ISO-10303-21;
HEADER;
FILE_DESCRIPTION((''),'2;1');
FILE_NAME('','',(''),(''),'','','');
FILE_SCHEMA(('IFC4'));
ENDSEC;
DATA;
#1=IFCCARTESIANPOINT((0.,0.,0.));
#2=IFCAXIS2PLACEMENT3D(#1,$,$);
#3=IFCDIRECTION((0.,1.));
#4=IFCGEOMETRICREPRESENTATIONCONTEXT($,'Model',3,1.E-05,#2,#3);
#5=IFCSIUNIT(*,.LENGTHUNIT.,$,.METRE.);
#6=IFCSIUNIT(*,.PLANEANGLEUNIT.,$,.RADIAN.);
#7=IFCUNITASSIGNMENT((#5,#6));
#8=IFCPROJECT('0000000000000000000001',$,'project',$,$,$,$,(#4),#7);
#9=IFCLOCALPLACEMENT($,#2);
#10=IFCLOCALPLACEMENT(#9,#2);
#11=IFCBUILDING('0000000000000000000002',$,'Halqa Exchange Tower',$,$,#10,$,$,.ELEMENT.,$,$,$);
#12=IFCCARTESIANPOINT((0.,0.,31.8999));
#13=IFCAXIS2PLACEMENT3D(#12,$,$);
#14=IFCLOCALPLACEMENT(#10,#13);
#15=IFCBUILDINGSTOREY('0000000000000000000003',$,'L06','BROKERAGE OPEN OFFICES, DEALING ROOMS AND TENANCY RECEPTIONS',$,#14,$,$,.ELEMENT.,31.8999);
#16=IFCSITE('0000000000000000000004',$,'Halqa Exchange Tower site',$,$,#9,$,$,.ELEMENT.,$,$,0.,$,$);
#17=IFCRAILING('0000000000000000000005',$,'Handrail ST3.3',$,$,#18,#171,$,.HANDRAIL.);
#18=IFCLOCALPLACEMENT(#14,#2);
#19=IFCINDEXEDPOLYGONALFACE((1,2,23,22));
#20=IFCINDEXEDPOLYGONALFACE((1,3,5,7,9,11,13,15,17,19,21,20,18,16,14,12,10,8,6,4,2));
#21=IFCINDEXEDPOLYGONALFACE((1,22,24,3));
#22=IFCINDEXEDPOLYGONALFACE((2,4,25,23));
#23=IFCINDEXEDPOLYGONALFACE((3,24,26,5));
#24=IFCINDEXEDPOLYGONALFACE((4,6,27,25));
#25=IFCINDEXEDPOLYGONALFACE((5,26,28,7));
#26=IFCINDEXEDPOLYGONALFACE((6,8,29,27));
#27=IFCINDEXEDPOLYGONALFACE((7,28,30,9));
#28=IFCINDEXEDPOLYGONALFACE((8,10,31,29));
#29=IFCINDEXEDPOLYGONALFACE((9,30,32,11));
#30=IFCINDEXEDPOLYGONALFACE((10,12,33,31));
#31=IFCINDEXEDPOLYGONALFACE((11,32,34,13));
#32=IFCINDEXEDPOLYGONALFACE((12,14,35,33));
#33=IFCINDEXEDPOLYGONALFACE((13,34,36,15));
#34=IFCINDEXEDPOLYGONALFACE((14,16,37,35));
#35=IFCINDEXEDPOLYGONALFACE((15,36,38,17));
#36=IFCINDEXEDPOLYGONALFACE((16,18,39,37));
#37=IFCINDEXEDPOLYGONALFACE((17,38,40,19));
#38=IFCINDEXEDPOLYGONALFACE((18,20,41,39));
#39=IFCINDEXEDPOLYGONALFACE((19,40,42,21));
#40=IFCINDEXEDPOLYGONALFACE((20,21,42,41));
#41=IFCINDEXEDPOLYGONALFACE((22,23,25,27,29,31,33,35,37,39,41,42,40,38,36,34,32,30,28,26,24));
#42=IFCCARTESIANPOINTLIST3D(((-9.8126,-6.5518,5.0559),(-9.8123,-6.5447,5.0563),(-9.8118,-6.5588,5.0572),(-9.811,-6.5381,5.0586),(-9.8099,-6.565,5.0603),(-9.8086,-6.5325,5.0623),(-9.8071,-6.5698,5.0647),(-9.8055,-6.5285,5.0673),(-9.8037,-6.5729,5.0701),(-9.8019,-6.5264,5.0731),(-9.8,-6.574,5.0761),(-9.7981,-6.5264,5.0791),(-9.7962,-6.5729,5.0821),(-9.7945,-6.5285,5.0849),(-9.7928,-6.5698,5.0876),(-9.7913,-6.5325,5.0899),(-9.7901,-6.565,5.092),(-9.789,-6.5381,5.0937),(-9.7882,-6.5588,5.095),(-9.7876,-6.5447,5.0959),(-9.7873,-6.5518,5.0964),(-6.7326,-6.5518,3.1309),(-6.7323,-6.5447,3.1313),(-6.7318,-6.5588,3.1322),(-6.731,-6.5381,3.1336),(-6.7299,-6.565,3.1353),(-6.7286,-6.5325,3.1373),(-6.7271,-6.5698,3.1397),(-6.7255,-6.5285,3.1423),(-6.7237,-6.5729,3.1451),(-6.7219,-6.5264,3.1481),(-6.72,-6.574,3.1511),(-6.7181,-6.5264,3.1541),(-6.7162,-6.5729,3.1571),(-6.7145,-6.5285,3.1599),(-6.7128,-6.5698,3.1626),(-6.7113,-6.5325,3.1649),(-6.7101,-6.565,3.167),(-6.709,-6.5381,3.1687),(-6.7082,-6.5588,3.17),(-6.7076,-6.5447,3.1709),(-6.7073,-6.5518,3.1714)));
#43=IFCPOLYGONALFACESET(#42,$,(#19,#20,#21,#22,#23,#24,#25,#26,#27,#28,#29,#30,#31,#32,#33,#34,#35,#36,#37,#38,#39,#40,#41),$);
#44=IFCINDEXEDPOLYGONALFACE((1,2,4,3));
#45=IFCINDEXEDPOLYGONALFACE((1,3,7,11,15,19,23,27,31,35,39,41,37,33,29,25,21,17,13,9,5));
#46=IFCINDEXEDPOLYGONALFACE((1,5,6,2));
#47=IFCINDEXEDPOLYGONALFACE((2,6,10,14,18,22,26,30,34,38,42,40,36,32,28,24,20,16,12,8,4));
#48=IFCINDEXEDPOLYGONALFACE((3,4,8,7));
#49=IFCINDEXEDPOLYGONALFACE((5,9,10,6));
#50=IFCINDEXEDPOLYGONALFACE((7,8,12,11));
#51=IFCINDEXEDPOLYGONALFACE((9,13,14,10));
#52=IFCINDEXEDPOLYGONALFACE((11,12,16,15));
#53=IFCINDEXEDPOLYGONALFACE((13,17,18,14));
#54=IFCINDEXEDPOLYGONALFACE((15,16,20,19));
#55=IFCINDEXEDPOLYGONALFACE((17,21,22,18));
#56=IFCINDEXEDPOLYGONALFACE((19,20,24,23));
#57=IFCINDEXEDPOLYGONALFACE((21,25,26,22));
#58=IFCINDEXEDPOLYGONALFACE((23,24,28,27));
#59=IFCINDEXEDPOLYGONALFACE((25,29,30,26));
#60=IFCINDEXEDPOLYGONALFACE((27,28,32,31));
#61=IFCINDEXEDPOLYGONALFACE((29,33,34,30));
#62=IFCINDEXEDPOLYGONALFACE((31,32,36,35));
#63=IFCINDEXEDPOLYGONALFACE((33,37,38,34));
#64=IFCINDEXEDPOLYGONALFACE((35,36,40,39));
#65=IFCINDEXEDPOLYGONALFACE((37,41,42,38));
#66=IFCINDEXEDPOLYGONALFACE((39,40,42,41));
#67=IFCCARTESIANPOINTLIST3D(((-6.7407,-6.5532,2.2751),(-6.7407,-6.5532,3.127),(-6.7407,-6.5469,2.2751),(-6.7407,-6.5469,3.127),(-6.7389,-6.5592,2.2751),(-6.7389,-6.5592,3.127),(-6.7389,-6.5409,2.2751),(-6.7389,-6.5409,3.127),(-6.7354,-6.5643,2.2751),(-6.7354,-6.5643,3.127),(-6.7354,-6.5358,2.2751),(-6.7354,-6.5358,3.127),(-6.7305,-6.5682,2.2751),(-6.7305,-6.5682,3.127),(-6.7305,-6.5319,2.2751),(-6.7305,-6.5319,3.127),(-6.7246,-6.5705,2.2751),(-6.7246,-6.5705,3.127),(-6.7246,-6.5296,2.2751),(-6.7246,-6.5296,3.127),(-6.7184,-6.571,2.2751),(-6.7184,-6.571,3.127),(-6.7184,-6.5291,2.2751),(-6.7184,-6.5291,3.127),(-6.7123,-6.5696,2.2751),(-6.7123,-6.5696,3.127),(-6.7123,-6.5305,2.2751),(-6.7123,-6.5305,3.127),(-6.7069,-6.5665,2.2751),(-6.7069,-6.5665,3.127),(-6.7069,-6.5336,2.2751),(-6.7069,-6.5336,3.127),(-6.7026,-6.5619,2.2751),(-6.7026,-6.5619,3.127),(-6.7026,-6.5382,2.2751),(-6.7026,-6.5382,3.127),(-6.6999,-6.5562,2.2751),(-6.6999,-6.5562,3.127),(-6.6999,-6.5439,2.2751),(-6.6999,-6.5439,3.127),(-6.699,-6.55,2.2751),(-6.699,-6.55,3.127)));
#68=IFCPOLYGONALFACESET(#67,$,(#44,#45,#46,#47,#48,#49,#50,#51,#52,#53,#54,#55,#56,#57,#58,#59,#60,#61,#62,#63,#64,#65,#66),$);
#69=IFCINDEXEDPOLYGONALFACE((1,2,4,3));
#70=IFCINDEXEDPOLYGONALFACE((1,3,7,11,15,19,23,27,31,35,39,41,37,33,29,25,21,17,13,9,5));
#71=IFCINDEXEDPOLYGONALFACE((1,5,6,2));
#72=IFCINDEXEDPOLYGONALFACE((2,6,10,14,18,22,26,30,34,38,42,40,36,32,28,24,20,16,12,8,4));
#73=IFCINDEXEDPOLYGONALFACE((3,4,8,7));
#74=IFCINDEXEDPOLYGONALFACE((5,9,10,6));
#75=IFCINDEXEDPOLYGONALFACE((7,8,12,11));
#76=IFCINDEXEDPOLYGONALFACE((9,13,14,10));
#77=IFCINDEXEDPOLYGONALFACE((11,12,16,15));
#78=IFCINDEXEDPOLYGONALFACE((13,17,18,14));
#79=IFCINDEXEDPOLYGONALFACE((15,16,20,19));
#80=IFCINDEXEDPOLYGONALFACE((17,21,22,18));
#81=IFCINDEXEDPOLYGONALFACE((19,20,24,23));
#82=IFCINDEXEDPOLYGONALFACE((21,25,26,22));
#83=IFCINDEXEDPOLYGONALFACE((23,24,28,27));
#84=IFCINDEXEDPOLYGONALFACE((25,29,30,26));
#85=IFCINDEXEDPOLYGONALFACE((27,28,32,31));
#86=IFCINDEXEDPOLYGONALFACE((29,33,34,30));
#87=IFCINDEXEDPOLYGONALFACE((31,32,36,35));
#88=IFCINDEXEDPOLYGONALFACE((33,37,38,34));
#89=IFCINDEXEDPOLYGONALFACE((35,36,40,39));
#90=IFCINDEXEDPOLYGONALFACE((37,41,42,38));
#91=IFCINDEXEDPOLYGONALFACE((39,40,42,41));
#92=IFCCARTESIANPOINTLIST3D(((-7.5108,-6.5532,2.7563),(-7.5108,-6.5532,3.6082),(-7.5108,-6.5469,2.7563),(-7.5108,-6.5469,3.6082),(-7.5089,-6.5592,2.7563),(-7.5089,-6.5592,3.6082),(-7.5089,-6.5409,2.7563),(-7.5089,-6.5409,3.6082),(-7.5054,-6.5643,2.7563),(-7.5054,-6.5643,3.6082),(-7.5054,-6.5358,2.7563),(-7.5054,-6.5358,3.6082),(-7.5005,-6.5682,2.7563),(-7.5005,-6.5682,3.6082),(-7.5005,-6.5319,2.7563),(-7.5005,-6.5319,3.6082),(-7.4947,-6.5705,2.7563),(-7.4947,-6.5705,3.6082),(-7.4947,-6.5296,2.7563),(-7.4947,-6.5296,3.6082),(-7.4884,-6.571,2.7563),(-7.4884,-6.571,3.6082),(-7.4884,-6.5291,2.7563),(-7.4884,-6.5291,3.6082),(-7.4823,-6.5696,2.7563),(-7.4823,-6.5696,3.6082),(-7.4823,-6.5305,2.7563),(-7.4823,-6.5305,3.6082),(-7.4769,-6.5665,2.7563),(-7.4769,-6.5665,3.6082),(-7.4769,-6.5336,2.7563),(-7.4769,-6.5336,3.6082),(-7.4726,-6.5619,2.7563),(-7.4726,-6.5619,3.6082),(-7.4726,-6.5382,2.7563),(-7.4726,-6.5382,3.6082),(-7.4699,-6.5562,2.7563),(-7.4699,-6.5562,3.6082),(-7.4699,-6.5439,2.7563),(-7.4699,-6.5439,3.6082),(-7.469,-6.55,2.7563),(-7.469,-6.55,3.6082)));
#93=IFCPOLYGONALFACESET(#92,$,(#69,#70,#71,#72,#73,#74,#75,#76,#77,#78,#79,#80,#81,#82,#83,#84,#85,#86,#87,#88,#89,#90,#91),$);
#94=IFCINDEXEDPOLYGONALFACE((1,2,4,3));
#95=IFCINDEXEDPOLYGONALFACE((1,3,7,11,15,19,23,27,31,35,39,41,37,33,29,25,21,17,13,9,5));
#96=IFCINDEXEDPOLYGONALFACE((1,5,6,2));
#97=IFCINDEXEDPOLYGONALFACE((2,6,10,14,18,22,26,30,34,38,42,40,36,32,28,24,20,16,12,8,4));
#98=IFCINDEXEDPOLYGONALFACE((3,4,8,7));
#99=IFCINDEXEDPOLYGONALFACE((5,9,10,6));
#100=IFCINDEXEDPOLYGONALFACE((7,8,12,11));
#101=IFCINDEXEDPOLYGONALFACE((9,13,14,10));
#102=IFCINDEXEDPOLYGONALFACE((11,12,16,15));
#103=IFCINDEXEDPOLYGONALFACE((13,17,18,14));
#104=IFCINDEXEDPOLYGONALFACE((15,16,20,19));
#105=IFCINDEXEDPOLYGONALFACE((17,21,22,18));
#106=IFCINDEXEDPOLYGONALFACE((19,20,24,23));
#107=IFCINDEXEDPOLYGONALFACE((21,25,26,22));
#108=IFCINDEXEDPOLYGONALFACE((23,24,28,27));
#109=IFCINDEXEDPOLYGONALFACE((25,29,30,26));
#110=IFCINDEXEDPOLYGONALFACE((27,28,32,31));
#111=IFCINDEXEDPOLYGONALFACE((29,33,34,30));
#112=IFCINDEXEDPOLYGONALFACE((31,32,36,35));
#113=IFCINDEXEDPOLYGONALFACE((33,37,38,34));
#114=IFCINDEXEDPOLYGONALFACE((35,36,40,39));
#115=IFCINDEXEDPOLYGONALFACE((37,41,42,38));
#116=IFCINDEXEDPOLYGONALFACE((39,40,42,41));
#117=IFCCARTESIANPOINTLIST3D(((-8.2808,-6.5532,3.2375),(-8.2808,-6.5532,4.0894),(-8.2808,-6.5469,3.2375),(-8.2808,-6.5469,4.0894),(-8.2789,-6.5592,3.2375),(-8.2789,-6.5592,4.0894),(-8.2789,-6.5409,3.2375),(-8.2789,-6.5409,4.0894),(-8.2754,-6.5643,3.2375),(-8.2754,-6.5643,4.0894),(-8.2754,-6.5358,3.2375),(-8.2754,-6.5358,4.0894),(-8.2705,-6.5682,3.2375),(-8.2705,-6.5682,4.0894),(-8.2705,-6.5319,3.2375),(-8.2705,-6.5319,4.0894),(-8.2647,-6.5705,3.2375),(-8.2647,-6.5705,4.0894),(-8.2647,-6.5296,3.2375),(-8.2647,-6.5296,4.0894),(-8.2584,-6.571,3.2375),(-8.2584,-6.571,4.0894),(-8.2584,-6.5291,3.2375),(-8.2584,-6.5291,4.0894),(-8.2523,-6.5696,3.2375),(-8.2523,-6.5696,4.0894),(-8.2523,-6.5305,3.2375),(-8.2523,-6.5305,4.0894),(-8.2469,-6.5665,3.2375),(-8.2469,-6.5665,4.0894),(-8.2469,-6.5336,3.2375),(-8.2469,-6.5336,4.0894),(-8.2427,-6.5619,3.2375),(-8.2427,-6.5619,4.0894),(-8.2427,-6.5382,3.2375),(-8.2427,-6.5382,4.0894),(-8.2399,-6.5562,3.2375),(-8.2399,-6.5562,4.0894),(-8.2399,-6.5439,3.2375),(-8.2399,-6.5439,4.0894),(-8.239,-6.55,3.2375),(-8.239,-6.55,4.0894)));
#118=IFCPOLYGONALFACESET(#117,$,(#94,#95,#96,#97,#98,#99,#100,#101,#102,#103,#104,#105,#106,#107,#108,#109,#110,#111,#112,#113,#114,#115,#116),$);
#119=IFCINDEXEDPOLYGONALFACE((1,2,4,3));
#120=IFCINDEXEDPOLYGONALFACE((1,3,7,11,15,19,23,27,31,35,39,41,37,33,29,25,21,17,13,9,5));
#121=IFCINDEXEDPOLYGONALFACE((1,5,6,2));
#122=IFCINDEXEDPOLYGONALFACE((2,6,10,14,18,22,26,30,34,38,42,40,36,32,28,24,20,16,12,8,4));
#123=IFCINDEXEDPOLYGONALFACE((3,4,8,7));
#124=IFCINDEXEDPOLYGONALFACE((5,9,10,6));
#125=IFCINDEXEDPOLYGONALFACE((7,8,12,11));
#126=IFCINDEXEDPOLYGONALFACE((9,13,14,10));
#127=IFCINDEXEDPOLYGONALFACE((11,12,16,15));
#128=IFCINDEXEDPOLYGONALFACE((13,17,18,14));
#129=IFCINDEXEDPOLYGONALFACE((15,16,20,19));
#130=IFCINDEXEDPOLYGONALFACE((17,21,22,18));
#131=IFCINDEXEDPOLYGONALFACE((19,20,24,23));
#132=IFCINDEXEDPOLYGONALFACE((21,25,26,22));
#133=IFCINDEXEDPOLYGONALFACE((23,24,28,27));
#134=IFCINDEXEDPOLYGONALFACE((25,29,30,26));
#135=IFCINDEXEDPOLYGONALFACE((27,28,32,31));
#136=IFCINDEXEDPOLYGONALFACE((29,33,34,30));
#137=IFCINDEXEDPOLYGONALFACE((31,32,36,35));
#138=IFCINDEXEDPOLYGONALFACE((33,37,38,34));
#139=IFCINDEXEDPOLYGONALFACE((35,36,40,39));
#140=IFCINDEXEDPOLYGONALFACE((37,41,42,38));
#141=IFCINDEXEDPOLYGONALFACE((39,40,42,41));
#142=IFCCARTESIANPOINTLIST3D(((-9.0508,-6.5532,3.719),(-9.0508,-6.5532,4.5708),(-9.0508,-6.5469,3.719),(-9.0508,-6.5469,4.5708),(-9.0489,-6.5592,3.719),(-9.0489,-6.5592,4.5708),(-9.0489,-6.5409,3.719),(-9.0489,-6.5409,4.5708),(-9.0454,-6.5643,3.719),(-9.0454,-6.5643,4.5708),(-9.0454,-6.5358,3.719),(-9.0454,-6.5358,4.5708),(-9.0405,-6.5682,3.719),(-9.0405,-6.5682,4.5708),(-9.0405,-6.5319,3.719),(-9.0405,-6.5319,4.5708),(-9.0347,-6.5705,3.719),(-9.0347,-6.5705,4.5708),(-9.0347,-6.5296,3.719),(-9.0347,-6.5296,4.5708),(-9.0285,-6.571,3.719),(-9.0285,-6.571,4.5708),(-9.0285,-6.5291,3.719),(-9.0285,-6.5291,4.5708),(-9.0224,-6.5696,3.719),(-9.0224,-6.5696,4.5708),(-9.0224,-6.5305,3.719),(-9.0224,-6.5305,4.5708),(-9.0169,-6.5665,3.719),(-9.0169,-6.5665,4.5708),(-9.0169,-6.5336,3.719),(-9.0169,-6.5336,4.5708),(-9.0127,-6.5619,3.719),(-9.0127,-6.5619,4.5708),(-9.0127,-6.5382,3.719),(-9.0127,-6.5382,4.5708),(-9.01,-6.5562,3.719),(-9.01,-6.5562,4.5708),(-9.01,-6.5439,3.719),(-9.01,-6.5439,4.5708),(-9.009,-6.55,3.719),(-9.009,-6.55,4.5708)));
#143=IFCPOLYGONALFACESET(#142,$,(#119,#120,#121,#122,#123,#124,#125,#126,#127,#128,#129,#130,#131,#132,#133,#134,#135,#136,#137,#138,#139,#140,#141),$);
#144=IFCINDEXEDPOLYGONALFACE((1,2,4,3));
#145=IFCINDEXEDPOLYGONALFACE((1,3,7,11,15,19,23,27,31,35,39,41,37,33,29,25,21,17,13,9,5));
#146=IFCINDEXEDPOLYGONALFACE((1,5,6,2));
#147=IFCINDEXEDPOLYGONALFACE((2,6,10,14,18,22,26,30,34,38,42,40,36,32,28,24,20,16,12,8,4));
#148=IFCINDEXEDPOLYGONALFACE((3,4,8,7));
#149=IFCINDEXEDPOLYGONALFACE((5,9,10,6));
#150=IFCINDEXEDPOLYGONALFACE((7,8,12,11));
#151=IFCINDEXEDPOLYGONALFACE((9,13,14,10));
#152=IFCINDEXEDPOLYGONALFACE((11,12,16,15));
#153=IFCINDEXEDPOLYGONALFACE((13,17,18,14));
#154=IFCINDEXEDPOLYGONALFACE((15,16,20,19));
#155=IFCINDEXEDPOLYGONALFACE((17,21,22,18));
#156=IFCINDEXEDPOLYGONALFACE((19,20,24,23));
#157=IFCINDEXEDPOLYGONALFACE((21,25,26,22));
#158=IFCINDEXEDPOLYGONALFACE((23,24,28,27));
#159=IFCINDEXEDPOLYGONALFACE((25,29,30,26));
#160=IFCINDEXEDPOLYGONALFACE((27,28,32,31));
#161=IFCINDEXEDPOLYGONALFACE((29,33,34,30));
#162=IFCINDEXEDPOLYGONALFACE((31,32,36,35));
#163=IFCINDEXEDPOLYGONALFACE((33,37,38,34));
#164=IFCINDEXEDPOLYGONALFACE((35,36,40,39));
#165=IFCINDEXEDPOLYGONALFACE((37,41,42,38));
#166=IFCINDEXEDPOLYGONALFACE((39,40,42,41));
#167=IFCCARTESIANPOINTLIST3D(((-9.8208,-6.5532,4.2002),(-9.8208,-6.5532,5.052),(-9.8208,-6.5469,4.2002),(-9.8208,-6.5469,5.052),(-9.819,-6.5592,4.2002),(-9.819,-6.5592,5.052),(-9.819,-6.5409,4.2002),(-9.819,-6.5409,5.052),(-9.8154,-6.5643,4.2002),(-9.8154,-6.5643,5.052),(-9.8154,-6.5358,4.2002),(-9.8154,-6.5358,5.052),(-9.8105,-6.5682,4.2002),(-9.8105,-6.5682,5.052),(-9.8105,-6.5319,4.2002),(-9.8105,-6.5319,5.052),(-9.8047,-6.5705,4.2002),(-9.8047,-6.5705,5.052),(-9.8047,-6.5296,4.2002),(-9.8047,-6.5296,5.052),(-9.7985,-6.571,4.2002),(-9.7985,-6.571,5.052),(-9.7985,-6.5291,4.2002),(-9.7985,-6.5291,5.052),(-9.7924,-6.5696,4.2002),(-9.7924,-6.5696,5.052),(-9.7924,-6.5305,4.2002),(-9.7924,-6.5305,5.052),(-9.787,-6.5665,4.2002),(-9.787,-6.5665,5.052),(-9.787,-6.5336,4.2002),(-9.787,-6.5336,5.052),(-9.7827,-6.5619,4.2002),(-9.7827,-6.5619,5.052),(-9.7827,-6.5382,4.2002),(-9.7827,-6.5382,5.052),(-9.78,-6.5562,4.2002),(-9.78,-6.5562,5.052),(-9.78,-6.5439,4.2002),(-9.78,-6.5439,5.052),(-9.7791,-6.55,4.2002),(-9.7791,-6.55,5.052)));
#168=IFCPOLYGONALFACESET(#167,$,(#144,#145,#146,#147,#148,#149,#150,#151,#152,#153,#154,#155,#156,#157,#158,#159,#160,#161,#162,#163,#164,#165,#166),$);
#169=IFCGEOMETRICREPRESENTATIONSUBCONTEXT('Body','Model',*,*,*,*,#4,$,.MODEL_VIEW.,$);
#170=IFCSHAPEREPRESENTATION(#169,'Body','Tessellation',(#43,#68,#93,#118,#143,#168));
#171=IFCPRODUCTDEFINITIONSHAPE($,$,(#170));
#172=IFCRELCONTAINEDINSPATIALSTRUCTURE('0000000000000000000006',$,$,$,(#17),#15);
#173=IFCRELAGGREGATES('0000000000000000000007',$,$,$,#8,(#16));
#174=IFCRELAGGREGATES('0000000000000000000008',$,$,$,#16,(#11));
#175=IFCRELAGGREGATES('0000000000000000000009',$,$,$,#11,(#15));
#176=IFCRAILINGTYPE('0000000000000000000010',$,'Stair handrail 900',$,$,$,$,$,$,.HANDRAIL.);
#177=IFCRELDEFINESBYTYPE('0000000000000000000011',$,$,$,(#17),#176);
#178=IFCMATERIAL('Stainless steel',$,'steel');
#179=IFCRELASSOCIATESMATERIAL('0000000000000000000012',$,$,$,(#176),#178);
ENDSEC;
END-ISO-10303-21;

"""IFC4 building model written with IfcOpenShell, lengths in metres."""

from ifc_helpers import new_model, si_unit, direction, frame, origin, origin_2d, place, context, subcontext, project, spatial, circle, extrude, material, type_object, element, save


model = new_model("IFC4")

# Units and contexts
model_context = context("Model", 3, precision=1e-05, world=origin(), true_north=direction((0.0, 1.0)))
body_context = subcontext(model_context, "Body", "Model", "MODEL_VIEW")
ifc_project = project(units=[si_unit("LENGTHUNIT", "METRE"), si_unit("PLANEANGLEUNIT", "RADIAN")], contexts=[model_context])

# Site, building, storey
site_placement = place(None, origin())
site = spatial("IfcSite", under=ifc_project, at=site_placement, Name="Halqa Exchange Tower site", CompositionType="ELEMENT", RefElevation=0.0)
building_placement = place(site_placement, origin())
building = spatial("IfcBuilding", under=site, at=building_placement, Name="Halqa Exchange Tower", CompositionType="ELEMENT")
storey_placement = place(building_placement, frame((0.0, 0.0, 31.8999)))
storey = spatial("IfcBuildingStorey", under=building, at=storey_placement, Name="L06", Description="BROKERAGE OPEN OFFICES, DEALING ROOMS AND TENANCY RECEPTIONS", CompositionType="ELEMENT", Elevation=31.8999)

# Shared definitions
ifc_material_1 = material(Name="Stainless steel", Category="steel")

# Railing
railing_type_1 = type_object("IfcRailingType", Name="Stair handrail 900", PredefinedType="HANDRAIL", material=ifc_material_1)
railing_1_placement = place(storey_placement, frame((-6.72, -6.55, 2.2751)))
element("IfcRailing", 1, at=railing_1_placement, inside=storey, type_object=railing_type_1, Name="Handrail ST3.3", PredefinedType="HANDRAIL", context=body_context, shape_type="SweptSolid", body=[
    extrude(circle(Radius=0.0239, at=origin_2d()), frame((0.0, 0.0, 0.876), z_axis=(-0.847998, 0.0, 0.529999), x_axis=(0.0, -1.0, 0.0)), (0.0, 0.0, 1.0), 3.6321),
    extrude(circle(Radius=0.021, at=origin_2d()), origin(), (0.0, 0.0, 1.0), 0.8518),
    extrude(circle(Radius=0.021, at=origin_2d()), frame((-0.77, 0.0, 0.4812)), (0.0, 0.0, 1.0), 0.8518),
    extrude(circle(Radius=0.021, at=origin_2d()), frame((-1.54, 0.0, 0.9624)), (0.0, 0.0, 1.0), 0.8518),
    extrude(circle(Radius=0.021, at=origin_2d()), frame((-2.3101, 0.0, 1.4438)), (0.0, 0.0, 1.0), 0.8518),
    extrude(circle(Radius=0.021, at=origin_2d()), frame((-3.0801, 0.0, 1.925)), (0.0, 0.0, 1.0), 0.8518),
])

save(model, "model.ifc")
